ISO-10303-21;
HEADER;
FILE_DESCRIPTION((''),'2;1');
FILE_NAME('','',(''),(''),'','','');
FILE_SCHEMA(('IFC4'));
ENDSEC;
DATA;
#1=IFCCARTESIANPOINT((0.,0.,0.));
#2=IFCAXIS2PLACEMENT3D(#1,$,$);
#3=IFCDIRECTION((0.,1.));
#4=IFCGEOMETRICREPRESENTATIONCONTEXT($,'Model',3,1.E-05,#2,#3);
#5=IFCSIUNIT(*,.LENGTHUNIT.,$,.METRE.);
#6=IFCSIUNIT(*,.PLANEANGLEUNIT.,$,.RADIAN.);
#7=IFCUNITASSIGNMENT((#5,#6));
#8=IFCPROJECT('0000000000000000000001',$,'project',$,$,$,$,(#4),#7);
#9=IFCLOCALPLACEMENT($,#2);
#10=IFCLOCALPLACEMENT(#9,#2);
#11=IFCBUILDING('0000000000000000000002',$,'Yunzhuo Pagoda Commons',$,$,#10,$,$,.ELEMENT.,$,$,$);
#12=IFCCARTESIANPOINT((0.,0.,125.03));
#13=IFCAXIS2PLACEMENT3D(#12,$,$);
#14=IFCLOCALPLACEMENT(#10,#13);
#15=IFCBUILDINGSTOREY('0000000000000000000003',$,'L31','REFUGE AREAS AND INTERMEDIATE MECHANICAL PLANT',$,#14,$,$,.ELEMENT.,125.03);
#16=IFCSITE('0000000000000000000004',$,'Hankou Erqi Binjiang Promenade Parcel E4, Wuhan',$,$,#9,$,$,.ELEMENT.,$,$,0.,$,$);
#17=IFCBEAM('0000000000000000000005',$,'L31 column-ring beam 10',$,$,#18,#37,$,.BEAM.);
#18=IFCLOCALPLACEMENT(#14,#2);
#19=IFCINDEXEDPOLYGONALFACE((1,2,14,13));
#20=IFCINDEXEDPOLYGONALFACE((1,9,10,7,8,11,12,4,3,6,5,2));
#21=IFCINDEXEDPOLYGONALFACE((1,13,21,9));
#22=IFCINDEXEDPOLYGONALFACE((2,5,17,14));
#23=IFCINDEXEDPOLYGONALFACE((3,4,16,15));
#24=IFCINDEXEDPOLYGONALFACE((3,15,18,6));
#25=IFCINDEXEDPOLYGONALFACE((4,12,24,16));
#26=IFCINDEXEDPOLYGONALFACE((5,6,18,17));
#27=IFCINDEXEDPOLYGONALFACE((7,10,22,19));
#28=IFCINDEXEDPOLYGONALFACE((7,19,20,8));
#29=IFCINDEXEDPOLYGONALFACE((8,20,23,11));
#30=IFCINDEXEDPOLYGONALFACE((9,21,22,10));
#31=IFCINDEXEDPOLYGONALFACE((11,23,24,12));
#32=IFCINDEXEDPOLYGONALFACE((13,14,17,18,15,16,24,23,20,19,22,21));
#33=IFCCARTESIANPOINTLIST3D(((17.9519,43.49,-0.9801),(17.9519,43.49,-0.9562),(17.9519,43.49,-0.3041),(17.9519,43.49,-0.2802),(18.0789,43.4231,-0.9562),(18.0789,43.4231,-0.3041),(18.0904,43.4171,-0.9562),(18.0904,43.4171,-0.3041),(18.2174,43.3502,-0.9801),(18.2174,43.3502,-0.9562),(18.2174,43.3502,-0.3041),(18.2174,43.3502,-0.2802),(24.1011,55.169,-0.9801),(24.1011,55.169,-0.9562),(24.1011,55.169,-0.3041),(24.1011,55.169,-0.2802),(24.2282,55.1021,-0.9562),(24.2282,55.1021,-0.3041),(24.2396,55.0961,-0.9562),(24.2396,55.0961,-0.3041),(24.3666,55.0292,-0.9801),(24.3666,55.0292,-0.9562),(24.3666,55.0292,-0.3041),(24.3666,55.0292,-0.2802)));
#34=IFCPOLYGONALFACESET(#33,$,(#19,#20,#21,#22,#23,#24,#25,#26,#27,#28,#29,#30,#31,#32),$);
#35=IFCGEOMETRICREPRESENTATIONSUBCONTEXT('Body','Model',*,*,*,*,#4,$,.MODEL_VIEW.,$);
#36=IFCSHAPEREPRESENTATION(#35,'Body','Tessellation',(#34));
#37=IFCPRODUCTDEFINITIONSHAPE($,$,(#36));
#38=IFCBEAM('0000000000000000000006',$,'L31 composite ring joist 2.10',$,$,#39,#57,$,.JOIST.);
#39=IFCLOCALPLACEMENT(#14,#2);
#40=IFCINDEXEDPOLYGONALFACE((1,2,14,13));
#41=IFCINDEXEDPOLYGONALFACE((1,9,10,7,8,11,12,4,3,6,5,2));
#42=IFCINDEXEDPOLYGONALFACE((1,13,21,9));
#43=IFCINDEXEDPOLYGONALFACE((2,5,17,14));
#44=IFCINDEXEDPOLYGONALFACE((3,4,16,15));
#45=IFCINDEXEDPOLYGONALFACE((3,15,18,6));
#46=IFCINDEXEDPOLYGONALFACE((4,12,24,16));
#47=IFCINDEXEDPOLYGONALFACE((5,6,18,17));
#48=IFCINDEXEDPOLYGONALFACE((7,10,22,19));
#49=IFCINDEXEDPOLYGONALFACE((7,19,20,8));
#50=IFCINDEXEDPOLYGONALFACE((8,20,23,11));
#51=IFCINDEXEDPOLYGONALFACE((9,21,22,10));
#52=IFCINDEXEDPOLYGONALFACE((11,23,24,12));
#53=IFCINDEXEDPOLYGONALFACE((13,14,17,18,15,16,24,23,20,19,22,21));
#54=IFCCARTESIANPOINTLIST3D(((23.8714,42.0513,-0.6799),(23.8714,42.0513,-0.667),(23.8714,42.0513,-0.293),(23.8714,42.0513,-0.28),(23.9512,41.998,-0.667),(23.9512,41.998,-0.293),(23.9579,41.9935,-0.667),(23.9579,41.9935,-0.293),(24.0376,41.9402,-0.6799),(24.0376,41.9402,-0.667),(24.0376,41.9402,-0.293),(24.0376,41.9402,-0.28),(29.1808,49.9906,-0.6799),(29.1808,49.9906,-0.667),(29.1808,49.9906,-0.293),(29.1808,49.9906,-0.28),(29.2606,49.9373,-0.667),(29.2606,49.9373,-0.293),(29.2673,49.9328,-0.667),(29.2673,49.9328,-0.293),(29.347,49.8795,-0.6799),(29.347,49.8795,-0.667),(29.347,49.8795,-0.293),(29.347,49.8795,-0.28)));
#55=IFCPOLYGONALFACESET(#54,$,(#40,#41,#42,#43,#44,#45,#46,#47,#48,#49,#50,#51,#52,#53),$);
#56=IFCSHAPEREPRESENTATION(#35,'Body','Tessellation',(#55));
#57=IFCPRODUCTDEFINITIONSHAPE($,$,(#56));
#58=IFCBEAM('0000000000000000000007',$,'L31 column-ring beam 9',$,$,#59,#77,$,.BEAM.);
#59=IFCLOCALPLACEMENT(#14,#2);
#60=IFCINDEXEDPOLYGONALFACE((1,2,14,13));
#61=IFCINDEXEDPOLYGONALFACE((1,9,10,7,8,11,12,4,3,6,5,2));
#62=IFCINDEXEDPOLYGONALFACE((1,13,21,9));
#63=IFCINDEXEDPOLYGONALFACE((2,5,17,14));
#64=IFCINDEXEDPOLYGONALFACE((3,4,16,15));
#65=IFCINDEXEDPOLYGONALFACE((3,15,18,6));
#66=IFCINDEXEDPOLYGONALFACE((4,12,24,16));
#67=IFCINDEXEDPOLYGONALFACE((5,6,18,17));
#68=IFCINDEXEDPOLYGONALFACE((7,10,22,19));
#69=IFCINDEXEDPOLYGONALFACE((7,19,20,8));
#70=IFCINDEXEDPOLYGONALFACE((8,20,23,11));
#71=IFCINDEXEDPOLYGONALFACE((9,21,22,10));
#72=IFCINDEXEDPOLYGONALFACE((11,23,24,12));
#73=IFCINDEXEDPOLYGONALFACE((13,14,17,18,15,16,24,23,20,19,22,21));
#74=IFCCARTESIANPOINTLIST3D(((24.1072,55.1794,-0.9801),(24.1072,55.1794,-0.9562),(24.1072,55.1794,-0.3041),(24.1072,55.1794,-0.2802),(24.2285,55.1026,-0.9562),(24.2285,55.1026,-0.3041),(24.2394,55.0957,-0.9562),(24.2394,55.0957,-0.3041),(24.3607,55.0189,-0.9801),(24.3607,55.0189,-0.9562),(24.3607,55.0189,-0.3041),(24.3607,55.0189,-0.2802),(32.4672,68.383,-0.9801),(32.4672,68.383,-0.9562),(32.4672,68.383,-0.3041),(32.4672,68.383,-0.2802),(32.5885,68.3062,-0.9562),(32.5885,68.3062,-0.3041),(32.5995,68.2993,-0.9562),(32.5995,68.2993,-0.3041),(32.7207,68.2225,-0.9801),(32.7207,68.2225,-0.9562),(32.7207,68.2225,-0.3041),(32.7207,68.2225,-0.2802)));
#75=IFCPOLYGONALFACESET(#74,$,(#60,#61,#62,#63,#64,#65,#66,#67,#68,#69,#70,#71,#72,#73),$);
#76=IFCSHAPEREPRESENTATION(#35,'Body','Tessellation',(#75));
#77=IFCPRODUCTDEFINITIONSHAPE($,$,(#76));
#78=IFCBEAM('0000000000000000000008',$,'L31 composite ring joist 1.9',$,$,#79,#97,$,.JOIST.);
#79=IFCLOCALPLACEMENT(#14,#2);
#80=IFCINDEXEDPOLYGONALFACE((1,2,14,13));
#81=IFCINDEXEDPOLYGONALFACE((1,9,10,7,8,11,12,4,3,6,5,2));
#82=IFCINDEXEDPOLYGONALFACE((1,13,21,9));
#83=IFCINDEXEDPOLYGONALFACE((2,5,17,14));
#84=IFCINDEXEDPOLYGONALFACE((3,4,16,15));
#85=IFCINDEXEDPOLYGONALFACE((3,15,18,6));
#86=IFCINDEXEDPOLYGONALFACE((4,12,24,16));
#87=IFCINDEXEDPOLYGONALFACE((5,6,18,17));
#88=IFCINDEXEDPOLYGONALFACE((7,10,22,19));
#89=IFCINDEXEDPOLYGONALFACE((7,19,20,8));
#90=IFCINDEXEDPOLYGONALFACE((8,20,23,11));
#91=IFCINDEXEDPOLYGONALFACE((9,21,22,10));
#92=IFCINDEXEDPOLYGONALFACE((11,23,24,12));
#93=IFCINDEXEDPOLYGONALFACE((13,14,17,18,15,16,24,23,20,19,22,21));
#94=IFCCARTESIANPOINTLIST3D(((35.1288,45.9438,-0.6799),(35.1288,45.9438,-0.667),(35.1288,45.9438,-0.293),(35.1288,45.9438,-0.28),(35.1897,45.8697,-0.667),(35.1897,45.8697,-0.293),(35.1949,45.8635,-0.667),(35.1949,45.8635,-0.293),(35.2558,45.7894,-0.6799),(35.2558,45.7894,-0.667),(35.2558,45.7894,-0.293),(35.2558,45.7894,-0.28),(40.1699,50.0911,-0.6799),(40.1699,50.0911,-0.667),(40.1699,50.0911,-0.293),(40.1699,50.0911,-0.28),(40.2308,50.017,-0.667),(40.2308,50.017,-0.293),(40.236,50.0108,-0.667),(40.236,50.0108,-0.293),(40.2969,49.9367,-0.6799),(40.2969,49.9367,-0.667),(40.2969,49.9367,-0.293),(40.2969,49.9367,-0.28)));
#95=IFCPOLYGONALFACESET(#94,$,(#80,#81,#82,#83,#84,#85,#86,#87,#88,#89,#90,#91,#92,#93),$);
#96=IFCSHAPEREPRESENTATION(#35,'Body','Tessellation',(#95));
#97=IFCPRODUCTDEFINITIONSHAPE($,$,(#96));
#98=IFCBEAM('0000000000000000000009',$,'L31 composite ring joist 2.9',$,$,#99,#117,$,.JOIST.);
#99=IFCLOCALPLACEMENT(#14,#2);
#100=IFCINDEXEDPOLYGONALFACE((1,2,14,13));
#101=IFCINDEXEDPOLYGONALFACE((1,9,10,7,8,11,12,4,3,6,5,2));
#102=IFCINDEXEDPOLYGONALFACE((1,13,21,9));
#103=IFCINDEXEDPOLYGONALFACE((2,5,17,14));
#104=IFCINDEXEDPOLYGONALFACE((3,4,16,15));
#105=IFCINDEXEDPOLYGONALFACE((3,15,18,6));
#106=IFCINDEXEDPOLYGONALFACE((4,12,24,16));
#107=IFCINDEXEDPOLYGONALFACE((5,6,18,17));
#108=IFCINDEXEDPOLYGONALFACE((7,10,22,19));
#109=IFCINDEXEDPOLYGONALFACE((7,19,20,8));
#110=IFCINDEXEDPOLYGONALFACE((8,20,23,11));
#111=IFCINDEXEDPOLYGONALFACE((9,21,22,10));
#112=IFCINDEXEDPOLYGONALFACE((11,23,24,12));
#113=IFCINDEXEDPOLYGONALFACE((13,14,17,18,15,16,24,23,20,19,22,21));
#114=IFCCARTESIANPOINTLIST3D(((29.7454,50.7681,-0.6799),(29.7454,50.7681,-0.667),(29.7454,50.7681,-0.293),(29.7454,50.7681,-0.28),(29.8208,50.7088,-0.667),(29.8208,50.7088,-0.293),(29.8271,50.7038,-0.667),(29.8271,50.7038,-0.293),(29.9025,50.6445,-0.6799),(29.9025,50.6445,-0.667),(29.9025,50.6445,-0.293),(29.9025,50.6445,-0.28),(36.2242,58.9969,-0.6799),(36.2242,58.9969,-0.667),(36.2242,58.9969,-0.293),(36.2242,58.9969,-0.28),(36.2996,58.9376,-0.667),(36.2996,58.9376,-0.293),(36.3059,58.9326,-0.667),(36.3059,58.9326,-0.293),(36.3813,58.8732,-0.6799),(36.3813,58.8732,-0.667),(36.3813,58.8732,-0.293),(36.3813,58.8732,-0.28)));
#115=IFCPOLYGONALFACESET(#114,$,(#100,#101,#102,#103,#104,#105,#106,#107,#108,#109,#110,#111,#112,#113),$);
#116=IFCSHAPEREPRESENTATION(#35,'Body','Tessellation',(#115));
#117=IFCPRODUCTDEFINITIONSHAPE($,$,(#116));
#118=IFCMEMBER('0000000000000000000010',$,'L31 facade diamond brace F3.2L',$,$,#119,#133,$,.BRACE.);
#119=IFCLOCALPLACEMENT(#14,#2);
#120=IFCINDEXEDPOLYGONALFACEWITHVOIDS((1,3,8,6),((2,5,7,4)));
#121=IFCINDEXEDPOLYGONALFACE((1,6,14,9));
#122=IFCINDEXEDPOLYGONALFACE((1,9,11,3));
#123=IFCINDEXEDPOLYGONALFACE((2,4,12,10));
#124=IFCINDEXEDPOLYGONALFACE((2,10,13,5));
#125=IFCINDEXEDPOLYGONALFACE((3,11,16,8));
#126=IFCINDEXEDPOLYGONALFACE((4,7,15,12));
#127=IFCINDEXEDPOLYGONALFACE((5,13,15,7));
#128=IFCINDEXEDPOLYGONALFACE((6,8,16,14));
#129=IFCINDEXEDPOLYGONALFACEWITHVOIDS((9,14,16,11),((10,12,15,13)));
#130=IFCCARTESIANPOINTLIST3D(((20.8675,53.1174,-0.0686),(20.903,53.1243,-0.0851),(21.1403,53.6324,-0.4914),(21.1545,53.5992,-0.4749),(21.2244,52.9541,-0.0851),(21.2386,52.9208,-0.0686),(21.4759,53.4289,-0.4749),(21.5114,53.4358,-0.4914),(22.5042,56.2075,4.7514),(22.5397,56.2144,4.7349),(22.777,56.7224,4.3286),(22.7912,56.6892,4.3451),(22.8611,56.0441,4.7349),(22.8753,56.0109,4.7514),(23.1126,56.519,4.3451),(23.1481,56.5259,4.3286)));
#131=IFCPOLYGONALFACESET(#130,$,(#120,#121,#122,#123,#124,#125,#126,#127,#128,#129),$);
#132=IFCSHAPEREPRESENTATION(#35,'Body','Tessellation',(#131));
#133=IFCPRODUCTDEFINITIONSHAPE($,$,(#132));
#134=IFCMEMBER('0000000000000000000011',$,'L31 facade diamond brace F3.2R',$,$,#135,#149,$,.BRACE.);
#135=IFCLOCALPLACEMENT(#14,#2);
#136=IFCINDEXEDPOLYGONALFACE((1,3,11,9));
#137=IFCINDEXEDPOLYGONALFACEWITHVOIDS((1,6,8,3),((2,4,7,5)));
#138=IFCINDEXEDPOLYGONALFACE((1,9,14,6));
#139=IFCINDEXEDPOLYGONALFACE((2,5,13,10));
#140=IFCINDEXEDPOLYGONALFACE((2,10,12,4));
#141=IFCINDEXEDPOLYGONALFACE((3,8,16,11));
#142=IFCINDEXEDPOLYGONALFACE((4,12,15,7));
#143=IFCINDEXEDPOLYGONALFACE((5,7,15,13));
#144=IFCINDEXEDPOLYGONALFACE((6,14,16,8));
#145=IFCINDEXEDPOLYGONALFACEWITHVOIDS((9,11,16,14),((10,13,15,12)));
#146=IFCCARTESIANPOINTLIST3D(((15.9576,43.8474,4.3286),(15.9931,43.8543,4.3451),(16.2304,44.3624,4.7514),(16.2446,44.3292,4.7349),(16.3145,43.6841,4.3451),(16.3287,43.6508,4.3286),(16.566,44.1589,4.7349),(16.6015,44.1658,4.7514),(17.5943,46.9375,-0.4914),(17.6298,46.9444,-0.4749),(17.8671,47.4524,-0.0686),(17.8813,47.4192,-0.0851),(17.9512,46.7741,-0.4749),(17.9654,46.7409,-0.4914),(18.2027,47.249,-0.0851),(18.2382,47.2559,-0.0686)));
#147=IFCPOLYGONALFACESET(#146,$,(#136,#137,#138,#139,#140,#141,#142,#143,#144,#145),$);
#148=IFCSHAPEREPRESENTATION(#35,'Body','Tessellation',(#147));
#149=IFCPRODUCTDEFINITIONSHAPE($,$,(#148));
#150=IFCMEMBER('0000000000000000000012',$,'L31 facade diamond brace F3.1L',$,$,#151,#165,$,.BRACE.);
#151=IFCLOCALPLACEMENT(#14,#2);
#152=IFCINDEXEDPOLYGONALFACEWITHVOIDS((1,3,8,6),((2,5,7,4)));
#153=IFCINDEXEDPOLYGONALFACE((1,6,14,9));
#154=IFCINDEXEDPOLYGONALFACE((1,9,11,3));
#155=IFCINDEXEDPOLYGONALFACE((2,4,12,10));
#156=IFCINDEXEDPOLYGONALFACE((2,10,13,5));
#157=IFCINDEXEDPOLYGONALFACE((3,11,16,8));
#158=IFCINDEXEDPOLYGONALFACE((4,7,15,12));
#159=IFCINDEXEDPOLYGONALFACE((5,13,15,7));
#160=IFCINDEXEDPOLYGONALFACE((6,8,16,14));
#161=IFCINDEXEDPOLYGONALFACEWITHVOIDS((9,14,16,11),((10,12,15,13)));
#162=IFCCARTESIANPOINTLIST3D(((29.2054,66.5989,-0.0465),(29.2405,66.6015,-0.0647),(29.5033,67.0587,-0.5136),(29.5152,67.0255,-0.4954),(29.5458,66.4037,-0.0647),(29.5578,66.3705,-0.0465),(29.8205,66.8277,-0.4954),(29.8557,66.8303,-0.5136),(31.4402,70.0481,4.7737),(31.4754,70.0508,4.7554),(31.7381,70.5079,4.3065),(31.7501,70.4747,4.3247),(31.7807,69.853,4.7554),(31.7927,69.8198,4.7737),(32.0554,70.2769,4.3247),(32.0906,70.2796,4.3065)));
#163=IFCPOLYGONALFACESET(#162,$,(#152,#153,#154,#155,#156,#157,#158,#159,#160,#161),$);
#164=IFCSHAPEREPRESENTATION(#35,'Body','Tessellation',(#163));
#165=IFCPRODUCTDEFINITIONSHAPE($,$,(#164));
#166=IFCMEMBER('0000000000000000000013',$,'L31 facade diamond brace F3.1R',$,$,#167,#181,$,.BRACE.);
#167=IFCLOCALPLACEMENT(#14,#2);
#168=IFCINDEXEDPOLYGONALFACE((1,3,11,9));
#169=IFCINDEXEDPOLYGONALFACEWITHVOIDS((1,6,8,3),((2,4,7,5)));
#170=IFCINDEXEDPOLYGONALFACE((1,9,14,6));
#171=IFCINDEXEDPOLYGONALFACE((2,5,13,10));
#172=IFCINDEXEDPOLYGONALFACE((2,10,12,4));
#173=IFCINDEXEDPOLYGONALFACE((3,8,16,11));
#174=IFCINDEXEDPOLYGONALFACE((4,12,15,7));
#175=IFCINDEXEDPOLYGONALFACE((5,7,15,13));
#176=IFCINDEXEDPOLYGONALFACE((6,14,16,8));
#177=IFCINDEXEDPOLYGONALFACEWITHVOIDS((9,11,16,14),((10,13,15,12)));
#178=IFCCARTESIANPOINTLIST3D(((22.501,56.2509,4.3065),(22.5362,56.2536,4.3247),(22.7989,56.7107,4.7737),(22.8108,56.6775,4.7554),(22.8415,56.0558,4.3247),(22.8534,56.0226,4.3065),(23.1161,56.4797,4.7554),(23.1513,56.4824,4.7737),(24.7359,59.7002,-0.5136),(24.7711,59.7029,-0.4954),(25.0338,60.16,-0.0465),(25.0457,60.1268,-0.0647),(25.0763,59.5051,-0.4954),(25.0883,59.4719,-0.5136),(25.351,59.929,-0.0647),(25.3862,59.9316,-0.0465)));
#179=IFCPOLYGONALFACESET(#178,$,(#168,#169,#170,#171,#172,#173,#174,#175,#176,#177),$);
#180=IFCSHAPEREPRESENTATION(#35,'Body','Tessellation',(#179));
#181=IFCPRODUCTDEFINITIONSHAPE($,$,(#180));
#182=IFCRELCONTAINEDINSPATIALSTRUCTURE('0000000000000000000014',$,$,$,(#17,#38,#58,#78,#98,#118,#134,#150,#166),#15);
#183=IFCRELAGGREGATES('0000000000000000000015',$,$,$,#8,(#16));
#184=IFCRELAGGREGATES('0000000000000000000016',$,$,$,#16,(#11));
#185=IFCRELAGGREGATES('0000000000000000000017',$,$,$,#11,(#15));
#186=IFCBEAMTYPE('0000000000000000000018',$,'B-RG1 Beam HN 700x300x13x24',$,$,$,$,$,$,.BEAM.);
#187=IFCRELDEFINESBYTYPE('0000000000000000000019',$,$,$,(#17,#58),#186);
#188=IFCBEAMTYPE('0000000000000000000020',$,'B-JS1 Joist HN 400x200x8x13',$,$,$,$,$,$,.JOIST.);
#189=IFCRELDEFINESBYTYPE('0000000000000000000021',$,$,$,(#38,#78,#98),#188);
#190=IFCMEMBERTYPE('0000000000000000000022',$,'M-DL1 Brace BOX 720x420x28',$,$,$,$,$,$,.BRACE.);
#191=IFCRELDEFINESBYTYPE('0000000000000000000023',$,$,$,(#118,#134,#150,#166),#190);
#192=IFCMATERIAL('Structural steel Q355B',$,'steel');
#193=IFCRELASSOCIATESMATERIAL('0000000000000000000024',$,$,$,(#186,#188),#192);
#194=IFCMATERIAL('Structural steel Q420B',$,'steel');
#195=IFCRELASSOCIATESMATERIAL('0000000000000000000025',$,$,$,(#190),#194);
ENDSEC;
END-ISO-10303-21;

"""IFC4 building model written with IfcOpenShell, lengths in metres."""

from ifc_helpers import new_model, si_unit, direction, frame, origin, origin_2d, place, context, subcontext, project, spatial, hollow_rectangle, i_section, extrude, source, transform, mapped, material, material_profile, profile_set, type_object, element, save


model = new_model("IFC4")

# Units and contexts
model_context = context("Model", 3, precision=1e-05, world=origin(), true_north=direction((0.0, 1.0)))
body_context = subcontext(model_context, "Body", "Model", "MODEL_VIEW")
ifc_project = project(units=[si_unit("LENGTHUNIT", "METRE"), si_unit("PLANEANGLEUNIT", "RADIAN")], contexts=[model_context])

# Site, building, storey
site_placement = place(None, origin())
site = spatial("IfcSite", under=ifc_project, at=site_placement, Name="Hankou Erqi Binjiang Promenade Parcel E4, Wuhan", CompositionType="ELEMENT", RefElevation=0.0)
building_placement = place(site_placement, origin())
building = spatial("IfcBuilding", under=site, at=building_placement, Name="Yunzhuo Pagoda Commons", CompositionType="ELEMENT")
storey_placement = place(building_placement, frame((0.0, 0.0, 125.03)))
storey = spatial("IfcBuildingStorey", under=building, at=storey_placement, Name="L31", Description="REFUGE AREAS AND INTERMEDIATE MECHANICAL PLANT", CompositionType="ELEMENT", Elevation=125.03)

# Shared definitions
ifc_material_1 = material(Name="Structural steel Q420B", Category="steel")

# Beams
ifc_material_2 = material(Name="Structural steel Q355B", Category="steel")
ifc_material_profile_1 = material_profile(ifc_material_2, i_section(OverallWidth=0.3, OverallDepth=0.7, WebThickness=0.0129, FlangeThickness=0.0239, at=origin_2d()), Name="Structural steel Q355B")
ifc_profile_set_1 = profile_set([ifc_material_profile_1], Name="Structural steel Q355B")
beam_type_1 = type_object("IfcBeamType", Name="B-RG1 Beam HN 700x300x13x24", PredefinedType="BEAM", material=ifc_profile_set_1)
shared_shape_1 = source(origin(), body_context, "Body", "SweptSolid", [
    extrude(i_section(OverallWidth=0.3, OverallDepth=0.7, WebThickness=0.0129, FlangeThickness=0.0239, at=origin_2d()), origin(), (0.0, 0.0, 1.0), 13.199),
])
beam_1_placement = place(storey_placement, frame((24.2339, 55.0991, -0.6301), z_axis=(-0.465886, -0.884845, 0.0), x_axis=(0.884845, -0.465886, 0.0)))
element("IfcBeam", 1, at=beam_1_placement, inside=storey, type_object=beam_type_1, Name="L31 column-ring beam 10", PredefinedType="BEAM", context=body_context, shape_type="MappedRepresentation", body=[
    mapped(shared_shape_1, transform((0.0, 0.0, 0.0), scale=1.0)),
])
ifc_material_profile_2 = material_profile(ifc_material_2, i_section(OverallWidth=0.2, OverallDepth=0.3999, WebThickness=0.0081, FlangeThickness=0.0129, at=origin_2d()), Name="Structural steel Q355B")
ifc_profile_set_2 = profile_set([ifc_material_profile_2], Name="Structural steel Q355B")
beam_type_2 = type_object("IfcBeamType", Name="B-JS1 Joist HN 400x200x8x13", PredefinedType="JOIST", material=ifc_profile_set_2)
shared_shape_2 = source(origin(), body_context, "Body", "SweptSolid", [
    extrude(i_section(OverallWidth=0.2, OverallDepth=0.3999, WebThickness=0.0081, FlangeThickness=0.0129, at=origin_2d()), origin(), (0.0, 0.0, 1.0), 9.551),
])
beam_2_placement = place(storey_placement, frame((29.2639, 49.9351, -0.48), z_axis=(-0.555897, -0.831251, 0.0), x_axis=(0.831251, -0.555897, 0.0)))
element("IfcBeam", 2, at=beam_2_placement, inside=storey, type_object=beam_type_2, Name="L31 composite ring joist 2.10", PredefinedType="JOIST", context=body_context, shape_type="MappedRepresentation", body=[
    mapped(shared_shape_2, transform((0.0, 0.0, 0.0), scale=1.0)),
])
shared_shape_3 = source(origin(), body_context, "Body", "SweptSolid", [
    extrude(i_section(OverallWidth=0.3, OverallDepth=0.7, WebThickness=0.0129, FlangeThickness=0.0239, at=origin_2d()), origin(), (0.0, 0.0, 1.0), 15.6277),
])
beam_3_placement = place(storey_placement, frame((32.594, 68.3027, -0.6301), z_axis=(-0.534952, -0.844882, 0.0), x_axis=(0.844882, -0.534952, 0.0)))
element("IfcBeam", 3, at=beam_3_placement, inside=storey, type_object=beam_type_1, Name="L31 column-ring beam 9", PredefinedType="BEAM", context=body_context, shape_type="MappedRepresentation", body=[
    mapped(shared_shape_3, transform((0.0, 0.0, 0.0), scale=1.0)),
])
shared_shape_4 = source(origin(), body_context, "Body", "SweptSolid", [
    extrude(i_section(OverallWidth=0.2, OverallDepth=0.3999, WebThickness=0.0081, FlangeThickness=0.0129, at=origin_2d()), origin(), (0.0, 0.0, 1.0), 6.5278),
])
beam_4_placement = place(storey_placement, frame((40.2334, 50.0139, -0.48), z_axis=(-0.772246, -0.635323, 0.0), x_axis=(0.635323, -0.772246, 0.0)))
element("IfcBeam", 4, at=beam_4_placement, inside=storey, type_object=beam_type_2, Name="L31 composite ring joist 1.9", PredefinedType="JOIST", context=body_context, shape_type="MappedRepresentation", body=[
    mapped(shared_shape_4, transform((0.0, 0.0, 0.0), scale=1.0)),
])
shared_shape_5 = source(origin(), body_context, "Body", "SweptSolid", [
    extrude(i_section(OverallWidth=0.2, OverallDepth=0.3999, WebThickness=0.0081, FlangeThickness=0.0129, at=origin_2d()), origin(), (0.0, 0.0, 1.0), 10.4731),
])
beam_5_placement = place(storey_placement, frame((36.3027, 58.9351, -0.48), z_axis=(-0.618607, -0.785701, 0.0), x_axis=(0.785701, -0.618607, 0.0)))
element("IfcBeam", 5, at=beam_5_placement, inside=storey, type_object=beam_type_2, Name="L31 composite ring joist 2.9", PredefinedType="JOIST", context=body_context, shape_type="MappedRepresentation", body=[
    mapped(shared_shape_5, transform((0.0, 0.0, 0.0), scale=1.0)),
])

# Members
ifc_material_profile_3 = material_profile(ifc_material_1, hollow_rectangle(XDim=0.4199, YDim=0.72, WallThickness=0.0281, at=origin_2d()), Name="Structural steel Q420B")
ifc_profile_set_3 = profile_set([ifc_material_profile_3], Name="Structural steel Q420B")
member_type = type_object("IfcMemberType", Name="M-DL1 Brace BOX 720x420x28", PredefinedType="BRACE", material=ifc_profile_set_3)
shared_shape_6 = source(origin(), body_context, "Body", "SweptSolid", [
    extrude(hollow_rectangle(XDim=0.4199, YDim=0.72, WallThickness=0.0281, at=origin_2d()), origin(), (0.0, 0.0, 1.0), 5.9548),
])
for number, where, z_axis, x_axis, name in (
    (6, (21.1895, 53.2766, -0.28), (0.274854, 0.518917, 0.809432), (-0.883694, 0.468064, 0.0), "L31 facade diamond brace F3.2L"),
    (7, (17.9163, 47.0967, -0.28), (-0.274854, -0.518917, 0.809432), (0.883694, -0.468064, 0.0), "L31 facade diamond brace F3.2R"),
):
    element("IfcMember", number, at=place(storey_placement, frame(where, z_axis=z_axis, x_axis=x_axis)), inside=storey, type_object=member_type, Name=name, PredefinedType="BRACE", context=body_context, shape_type="MappedRepresentation", body=[
        mapped(shared_shape_6, transform((0.0, 0.0, 0.0), scale=1.0)),
    ])
shared_shape_7 = source(origin(), body_context, "Body", "SweptSolid", [
    extrude(hollow_rectangle(XDim=0.4199, YDim=0.72, WallThickness=0.0281, at=origin_2d()), origin(), (0.0, 0.0, 1.0), 6.3345),
])
for number, where, z_axis, x_axis, name in (
    (8, (29.5305, 66.7146, -0.28), (0.352813, 0.544521, 0.760934), (-0.839235, 0.543768, 0.0), "L31 facade diamond brace F3.1L"),
    (9, (25.061, 59.8159, -0.28), (-0.352813, -0.544521, 0.760934), (0.839235, -0.543768, 0.0), "L31 facade diamond brace F3.1R"),
):
    element("IfcMember", number, at=place(storey_placement, frame(where, z_axis=z_axis, x_axis=x_axis)), inside=storey, type_object=member_type, Name=name, PredefinedType="BRACE", context=body_context, shape_type="MappedRepresentation", body=[
        mapped(shared_shape_7, transform((0.0, 0.0, 0.0), scale=1.0)),
    ])

save(model, "model.ifc")
